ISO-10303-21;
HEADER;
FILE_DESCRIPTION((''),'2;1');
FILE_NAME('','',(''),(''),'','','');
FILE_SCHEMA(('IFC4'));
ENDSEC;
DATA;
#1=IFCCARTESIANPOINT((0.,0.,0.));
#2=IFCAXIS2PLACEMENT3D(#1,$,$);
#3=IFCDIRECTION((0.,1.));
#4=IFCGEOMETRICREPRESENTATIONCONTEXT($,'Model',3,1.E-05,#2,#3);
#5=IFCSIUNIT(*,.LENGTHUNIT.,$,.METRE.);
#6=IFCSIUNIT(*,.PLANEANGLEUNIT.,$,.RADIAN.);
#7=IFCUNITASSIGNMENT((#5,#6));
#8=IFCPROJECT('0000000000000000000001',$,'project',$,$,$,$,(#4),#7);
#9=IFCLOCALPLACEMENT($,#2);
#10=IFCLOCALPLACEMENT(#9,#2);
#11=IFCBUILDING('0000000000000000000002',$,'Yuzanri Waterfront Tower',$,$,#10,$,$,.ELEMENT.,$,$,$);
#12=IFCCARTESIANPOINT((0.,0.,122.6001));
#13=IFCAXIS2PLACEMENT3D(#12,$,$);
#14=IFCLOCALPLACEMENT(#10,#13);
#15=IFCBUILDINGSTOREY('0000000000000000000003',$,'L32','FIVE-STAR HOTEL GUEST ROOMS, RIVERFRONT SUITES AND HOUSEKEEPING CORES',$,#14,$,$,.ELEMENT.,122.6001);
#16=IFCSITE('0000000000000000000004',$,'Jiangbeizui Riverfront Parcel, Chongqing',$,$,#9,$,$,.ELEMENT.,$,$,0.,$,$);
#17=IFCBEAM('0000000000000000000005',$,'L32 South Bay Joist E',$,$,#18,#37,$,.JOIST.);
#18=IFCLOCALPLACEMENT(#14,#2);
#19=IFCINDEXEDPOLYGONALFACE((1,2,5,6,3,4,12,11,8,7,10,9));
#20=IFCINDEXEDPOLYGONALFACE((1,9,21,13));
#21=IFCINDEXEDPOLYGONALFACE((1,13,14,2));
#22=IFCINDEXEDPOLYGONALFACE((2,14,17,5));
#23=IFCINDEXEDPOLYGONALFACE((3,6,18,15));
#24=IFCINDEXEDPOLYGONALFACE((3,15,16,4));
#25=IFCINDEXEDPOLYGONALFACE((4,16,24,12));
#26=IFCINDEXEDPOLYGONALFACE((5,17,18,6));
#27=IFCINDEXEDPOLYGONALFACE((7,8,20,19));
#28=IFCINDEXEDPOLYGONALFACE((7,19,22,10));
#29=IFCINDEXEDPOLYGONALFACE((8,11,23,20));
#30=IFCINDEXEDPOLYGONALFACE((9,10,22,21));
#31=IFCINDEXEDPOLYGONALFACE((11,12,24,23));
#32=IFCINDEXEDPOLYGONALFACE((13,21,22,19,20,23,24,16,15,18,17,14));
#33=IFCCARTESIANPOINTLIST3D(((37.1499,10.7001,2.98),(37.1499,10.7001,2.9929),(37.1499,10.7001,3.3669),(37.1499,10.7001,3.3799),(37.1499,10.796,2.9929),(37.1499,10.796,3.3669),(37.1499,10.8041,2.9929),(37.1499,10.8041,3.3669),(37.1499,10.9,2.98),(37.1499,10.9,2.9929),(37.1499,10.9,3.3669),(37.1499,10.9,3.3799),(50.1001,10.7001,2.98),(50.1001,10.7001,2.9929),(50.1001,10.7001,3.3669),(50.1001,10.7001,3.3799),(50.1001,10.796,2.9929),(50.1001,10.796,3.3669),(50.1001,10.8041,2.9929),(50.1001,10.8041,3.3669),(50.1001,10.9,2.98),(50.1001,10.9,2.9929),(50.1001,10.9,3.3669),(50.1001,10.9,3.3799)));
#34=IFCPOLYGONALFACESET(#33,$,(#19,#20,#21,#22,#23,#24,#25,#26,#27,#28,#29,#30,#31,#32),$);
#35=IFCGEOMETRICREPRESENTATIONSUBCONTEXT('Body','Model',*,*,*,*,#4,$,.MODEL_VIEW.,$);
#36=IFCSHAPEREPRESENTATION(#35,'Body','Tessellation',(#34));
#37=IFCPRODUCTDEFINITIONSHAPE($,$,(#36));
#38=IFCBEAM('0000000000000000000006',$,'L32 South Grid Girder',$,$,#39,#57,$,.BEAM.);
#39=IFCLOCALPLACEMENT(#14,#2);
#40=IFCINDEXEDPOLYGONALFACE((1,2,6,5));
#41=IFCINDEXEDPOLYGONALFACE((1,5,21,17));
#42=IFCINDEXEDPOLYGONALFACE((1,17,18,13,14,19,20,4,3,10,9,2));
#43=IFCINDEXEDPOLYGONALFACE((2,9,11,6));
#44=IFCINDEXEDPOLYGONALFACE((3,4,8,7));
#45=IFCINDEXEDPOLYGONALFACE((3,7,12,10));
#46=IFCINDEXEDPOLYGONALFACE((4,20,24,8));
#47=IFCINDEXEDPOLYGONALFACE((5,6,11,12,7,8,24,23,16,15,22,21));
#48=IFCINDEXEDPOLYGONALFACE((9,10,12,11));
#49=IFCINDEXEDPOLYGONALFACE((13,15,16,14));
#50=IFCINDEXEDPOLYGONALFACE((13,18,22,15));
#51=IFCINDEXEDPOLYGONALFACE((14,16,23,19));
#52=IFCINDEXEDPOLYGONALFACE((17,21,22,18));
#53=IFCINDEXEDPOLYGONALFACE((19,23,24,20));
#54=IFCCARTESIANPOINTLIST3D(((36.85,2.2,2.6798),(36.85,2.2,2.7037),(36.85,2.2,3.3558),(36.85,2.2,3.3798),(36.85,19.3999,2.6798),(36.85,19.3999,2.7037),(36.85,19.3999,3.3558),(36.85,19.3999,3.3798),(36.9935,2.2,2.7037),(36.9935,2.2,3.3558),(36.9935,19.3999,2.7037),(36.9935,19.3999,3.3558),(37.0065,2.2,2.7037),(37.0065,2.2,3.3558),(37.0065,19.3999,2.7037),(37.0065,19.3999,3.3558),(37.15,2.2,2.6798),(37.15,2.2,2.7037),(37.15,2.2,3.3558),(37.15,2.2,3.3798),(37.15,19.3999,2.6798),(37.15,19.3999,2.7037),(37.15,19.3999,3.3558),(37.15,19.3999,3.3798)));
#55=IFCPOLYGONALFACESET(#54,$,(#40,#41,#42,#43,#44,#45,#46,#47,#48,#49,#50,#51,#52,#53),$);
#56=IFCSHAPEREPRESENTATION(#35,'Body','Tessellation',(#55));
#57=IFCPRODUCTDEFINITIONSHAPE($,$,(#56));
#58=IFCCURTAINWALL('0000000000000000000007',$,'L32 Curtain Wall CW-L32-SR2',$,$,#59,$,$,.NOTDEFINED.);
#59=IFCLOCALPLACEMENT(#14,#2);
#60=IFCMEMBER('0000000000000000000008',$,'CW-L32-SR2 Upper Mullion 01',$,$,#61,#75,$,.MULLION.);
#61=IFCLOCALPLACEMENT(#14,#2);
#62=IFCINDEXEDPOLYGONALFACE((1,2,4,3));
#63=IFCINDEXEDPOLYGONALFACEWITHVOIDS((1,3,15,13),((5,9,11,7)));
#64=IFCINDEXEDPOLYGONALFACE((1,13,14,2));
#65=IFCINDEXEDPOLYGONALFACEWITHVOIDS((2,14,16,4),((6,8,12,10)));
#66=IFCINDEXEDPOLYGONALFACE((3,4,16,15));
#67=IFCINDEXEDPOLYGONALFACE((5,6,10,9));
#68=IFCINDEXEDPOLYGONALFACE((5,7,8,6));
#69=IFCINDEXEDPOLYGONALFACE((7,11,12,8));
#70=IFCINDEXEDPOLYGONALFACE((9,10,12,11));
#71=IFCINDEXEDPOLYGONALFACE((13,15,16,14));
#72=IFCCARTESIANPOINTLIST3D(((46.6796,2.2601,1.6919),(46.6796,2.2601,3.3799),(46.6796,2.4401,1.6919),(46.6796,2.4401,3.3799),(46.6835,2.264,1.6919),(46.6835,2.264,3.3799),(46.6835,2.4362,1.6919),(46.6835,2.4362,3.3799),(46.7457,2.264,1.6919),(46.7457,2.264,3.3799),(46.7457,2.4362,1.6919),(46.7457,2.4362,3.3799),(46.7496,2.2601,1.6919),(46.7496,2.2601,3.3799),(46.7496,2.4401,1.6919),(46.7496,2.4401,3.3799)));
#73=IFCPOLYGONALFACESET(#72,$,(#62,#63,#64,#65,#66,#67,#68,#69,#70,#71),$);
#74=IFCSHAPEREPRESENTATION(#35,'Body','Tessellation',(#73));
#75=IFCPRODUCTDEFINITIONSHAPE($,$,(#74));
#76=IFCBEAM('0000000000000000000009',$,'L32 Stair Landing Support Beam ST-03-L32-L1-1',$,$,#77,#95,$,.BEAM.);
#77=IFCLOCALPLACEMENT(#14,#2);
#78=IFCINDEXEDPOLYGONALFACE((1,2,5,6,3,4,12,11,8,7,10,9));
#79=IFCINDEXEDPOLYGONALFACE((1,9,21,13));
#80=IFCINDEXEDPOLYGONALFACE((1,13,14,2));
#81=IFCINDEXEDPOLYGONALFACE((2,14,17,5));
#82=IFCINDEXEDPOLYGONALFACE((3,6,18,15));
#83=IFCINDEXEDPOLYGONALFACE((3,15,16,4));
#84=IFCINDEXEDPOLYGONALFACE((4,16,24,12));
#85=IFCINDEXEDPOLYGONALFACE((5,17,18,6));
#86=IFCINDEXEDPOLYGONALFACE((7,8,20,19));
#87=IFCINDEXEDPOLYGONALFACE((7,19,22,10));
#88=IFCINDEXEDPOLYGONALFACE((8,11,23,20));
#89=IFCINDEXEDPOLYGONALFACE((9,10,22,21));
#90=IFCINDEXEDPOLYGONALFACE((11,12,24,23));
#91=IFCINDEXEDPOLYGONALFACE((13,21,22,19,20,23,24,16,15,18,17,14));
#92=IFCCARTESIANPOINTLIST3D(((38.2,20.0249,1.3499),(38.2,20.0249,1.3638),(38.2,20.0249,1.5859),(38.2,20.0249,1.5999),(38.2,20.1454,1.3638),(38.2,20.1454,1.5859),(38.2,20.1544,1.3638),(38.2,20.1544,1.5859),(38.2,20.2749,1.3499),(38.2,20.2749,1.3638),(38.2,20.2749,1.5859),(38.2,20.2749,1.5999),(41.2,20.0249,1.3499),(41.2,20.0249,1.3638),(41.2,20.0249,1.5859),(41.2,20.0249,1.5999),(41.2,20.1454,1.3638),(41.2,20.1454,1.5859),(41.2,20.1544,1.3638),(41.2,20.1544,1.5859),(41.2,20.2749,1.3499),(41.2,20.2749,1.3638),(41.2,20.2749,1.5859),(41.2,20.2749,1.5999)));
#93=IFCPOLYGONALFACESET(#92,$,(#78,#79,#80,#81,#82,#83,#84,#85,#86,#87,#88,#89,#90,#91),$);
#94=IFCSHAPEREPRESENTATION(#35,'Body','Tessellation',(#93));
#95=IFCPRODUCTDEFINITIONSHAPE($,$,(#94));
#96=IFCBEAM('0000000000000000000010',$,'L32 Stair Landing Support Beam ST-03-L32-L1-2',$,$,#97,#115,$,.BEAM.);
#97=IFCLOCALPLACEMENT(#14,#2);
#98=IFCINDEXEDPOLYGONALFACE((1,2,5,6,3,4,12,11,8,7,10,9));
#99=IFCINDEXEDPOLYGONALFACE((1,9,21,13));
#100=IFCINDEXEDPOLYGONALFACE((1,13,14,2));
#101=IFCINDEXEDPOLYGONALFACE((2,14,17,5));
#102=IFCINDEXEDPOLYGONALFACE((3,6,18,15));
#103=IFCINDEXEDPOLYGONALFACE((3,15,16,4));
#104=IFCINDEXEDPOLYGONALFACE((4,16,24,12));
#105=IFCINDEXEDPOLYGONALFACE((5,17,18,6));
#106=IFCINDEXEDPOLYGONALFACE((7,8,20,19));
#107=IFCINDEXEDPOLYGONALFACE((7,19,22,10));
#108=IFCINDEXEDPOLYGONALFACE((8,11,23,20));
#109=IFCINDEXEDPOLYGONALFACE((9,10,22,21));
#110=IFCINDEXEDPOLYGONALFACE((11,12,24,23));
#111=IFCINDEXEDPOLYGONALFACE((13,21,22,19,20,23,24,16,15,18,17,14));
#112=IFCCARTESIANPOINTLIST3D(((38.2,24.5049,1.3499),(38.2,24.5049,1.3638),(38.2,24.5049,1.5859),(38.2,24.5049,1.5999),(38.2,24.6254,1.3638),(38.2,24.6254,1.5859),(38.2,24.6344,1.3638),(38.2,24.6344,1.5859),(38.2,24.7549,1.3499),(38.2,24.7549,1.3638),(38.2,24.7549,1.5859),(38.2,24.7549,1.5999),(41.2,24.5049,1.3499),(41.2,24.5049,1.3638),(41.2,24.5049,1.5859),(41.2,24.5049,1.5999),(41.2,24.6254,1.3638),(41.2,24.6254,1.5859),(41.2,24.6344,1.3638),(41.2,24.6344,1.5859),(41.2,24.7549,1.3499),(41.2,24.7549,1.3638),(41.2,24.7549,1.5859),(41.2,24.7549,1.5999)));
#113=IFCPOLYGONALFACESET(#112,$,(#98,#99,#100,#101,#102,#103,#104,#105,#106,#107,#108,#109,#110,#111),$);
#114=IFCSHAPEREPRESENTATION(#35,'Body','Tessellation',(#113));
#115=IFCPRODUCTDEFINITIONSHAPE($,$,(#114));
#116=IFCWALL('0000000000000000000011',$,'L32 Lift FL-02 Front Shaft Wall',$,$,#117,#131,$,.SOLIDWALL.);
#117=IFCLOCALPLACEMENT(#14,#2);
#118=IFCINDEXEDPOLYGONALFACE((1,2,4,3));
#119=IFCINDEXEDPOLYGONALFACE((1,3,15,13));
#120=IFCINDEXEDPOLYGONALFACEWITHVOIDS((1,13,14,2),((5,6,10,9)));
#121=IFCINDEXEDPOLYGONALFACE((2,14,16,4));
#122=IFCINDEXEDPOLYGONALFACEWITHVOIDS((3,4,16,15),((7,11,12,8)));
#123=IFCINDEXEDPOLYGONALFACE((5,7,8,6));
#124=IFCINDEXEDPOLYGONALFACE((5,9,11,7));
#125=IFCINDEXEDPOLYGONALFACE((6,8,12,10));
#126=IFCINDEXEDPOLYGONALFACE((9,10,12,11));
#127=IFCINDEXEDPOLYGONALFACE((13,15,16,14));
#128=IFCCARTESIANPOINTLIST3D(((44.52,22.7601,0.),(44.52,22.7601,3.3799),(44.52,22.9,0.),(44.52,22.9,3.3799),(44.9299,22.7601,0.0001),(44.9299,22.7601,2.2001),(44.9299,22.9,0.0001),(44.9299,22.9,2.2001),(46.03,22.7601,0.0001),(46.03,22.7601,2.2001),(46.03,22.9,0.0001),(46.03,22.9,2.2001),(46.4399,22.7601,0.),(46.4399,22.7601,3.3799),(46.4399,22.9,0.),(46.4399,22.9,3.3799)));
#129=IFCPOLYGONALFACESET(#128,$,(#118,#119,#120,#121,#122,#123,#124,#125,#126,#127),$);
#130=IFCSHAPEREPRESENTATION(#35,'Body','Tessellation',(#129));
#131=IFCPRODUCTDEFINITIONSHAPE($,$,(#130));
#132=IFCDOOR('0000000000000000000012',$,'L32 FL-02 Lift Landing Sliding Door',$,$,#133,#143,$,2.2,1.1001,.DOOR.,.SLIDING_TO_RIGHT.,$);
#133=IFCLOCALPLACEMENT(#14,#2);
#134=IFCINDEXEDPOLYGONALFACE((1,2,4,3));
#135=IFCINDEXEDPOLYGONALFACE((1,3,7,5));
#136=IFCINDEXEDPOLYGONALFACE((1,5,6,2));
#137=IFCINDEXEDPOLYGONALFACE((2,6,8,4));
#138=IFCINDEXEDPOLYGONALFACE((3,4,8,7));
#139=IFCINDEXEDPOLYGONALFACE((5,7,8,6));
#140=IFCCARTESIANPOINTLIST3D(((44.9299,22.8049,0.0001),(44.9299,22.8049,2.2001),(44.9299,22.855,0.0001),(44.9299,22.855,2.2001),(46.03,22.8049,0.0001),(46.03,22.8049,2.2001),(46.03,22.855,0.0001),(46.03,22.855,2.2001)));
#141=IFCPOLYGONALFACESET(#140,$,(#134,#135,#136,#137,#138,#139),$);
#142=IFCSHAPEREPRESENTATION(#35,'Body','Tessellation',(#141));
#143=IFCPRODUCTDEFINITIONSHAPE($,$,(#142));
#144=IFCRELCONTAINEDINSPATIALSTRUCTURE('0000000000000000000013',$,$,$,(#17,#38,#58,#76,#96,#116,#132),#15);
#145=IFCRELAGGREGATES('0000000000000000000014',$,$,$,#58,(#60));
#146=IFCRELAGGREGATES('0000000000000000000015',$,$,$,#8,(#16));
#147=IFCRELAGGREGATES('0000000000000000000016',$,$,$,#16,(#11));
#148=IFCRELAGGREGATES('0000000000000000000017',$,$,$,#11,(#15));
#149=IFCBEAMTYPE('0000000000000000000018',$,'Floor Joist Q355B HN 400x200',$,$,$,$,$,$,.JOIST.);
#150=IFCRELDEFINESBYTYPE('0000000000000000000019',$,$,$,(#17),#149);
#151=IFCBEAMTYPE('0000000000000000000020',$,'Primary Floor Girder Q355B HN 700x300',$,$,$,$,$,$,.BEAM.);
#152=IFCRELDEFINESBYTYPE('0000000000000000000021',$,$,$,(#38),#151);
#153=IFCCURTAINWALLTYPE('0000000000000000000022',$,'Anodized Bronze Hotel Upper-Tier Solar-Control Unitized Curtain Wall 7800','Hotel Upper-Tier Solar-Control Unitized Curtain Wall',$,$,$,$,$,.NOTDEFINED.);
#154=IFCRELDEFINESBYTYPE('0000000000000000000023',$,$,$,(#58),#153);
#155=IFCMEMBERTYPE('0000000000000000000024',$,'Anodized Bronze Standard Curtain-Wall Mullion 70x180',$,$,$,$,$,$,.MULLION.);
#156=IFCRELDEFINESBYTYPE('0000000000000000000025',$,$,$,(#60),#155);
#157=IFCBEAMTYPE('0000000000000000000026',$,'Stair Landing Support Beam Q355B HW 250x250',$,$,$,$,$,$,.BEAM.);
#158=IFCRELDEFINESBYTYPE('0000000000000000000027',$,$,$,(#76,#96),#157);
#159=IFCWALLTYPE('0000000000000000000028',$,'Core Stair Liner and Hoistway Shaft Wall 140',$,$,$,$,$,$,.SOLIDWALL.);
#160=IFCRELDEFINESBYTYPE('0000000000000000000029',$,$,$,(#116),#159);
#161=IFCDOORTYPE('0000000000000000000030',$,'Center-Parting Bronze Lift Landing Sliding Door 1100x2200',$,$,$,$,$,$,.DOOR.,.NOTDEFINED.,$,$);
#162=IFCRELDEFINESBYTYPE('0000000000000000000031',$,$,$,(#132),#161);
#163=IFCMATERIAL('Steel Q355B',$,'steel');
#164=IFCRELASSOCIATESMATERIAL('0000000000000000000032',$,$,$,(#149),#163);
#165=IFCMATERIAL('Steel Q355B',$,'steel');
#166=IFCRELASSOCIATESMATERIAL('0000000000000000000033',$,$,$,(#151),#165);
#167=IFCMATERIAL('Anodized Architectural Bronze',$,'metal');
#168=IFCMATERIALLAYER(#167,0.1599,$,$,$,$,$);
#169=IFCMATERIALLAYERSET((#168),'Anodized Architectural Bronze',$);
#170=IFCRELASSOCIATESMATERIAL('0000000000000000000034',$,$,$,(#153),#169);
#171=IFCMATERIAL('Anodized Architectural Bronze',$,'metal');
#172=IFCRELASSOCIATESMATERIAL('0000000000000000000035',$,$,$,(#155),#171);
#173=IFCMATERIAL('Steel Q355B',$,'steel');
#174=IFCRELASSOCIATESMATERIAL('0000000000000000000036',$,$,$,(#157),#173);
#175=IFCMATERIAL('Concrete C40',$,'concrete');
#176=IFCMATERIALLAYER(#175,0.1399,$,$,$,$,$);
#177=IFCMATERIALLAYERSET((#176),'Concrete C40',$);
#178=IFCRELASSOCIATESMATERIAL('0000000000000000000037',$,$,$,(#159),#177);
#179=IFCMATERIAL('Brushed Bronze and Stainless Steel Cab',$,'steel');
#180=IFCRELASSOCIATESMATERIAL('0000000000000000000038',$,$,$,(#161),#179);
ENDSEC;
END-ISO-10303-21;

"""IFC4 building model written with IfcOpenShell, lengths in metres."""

from ifc_helpers import new_model, si_unit, direction, frame, frame_2d, origin, origin_2d, place, context, subcontext, project, spatial, rectangle, hollow_rectangle, i_section, extrude, source, transform, mapped, material, layer, layer_set, material_profile, profile_set, type_object, element, fill, aggregate, save


model = new_model("IFC4")

# Units and contexts
model_context = context("Model", 3, precision=1e-05, world=origin(), true_north=direction((0.0, 1.0)))
body_context = subcontext(model_context, "Body", "Model", "MODEL_VIEW")
ifc_project = project(units=[si_unit("LENGTHUNIT", "METRE"), si_unit("PLANEANGLEUNIT", "RADIAN")], contexts=[model_context])

# Site, building, storey
site_placement = place(None, origin())
site = spatial("IfcSite", under=ifc_project, at=site_placement, Name="Jiangbeizui Riverfront Parcel, Chongqing", CompositionType="ELEMENT", RefElevation=0.0)
building_placement = place(site_placement, origin())
building = spatial("IfcBuilding", under=site, at=building_placement, Name="Yuzanri Waterfront Tower", CompositionType="ELEMENT")
storey_placement = place(building_placement, frame((0.0, 0.0, 122.6001)))
storey = spatial("IfcBuildingStorey", under=building, at=storey_placement, Name="L32", Description="FIVE-STAR HOTEL GUEST ROOMS, RIVERFRONT SUITES AND HOUSEKEEPING CORES", CompositionType="ELEMENT", Elevation=122.6001)

# Beams
ifc_material_1 = material(Name="Steel Q355B", Category="steel")
ifc_material_profile_1 = material_profile(ifc_material_1, i_section(OverallWidth=0.2, OverallDepth=0.3999, WebThickness=0.0081, FlangeThickness=0.0129, at=origin_2d()), Name="HN 400x200x8x13")
ifc_profile_set_1 = profile_set([ifc_material_profile_1], Name="Steel Q355B")
beam_type_1 = type_object("IfcBeamType", Name="Floor Joist Q355B HN 400x200", PredefinedType="JOIST", material=ifc_profile_set_1)
shared_shape_1 = source(origin(), body_context, "Body", "SweptSolid", [
    extrude(i_section(OverallWidth=0.2, OverallDepth=0.3999, WebThickness=0.0081, FlangeThickness=0.0129, at=origin_2d()), origin(), (0.0, 0.0, 1.0), 12.9502),
])
beam_1_placement = place(storey_placement, frame((37.1499, 10.8, 3.1799), z_axis=(1.0, 0.0, 0.0), x_axis=(0.0, 1.0, 0.0)))
element("IfcBeam", 1, at=beam_1_placement, inside=storey, type_object=beam_type_1, Name="L32 South Bay Joist E", PredefinedType="JOIST", context=body_context, shape_type="MappedRepresentation", body=[
    mapped(shared_shape_1, transform((0.0, 0.0, 0.0), scale=1.0)),
])
ifc_material_2 = material(Name="Steel Q355B", Category="steel")
ifc_material_profile_2 = material_profile(ifc_material_2, i_section(OverallWidth=0.3, OverallDepth=0.7, WebThickness=0.0129, FlangeThickness=0.0239, at=origin_2d()), Name="HN 700x300x13x24")
ifc_profile_set_2 = profile_set([ifc_material_profile_2], Name="Steel Q355B")
beam_type_2 = type_object("IfcBeamType", Name="Primary Floor Girder Q355B HN 700x300", PredefinedType="BEAM", material=ifc_profile_set_2)
shared_shape_2 = source(origin(), body_context, "Body", "SweptSolid", [
    extrude(i_section(OverallWidth=0.3, OverallDepth=0.7, WebThickness=0.0129, FlangeThickness=0.0239, at=origin_2d()), origin(), (0.0, 0.0, 1.0), 17.2),
])
beam_2_placement = place(storey_placement, frame((37.0, 19.3999, 3.0298), z_axis=(0.0, -1.0, 0.0), x_axis=(1.0, 0.0, 0.0)))
element("IfcBeam", 2, at=beam_2_placement, inside=storey, type_object=beam_type_2, Name="L32 South Grid Girder", PredefinedType="BEAM", context=body_context, shape_type="MappedRepresentation", body=[
    mapped(shared_shape_2, transform((0.0, 0.0, 0.0), scale=1.0)),
])

# Curtain wall, member
ifc_material_3 = material(Name="Anodized Architectural Bronze", Category="metal")
ifc_layer_1 = layer(ifc_material_3, 0.1599)
ifc_layer_set_1 = layer_set([ifc_layer_1], Name="Anodized Architectural Bronze")
curtain_wall_type = type_object("IfcCurtainWallType", Name="Anodized Bronze Hotel Upper-Tier Solar-Control Unitized Curtain Wall 7800", Description="Hotel Upper-Tier Solar-Control Unitized Curtain Wall", PredefinedType="NOTDEFINED", material=ifc_layer_set_1)
curtain_wall_placement = place(storey_placement, origin())
curtain_wall = element("IfcCurtainWall", 3, at=curtain_wall_placement, inside=storey, type_object=curtain_wall_type, Name="L32 Curtain Wall CW-L32-SR2", PredefinedType="NOTDEFINED")
ifc_material_4 = material(Name="Anodized Architectural Bronze", Category="metal")
ifc_material_profile_3 = material_profile(ifc_material_4, hollow_rectangle(XDim=0.0701, YDim=0.1799, WallThickness=0.0039, at=origin_2d()), Name="CWM 70x180")
ifc_profile_set_3 = profile_set([ifc_material_profile_3], Name="Anodized Architectural Bronze")
member_type = type_object("IfcMemberType", Name="Anodized Bronze Standard Curtain-Wall Mullion 70x180", PredefinedType="MULLION", material=ifc_profile_set_3)
shared_shape_3 = source(origin(), body_context, "Body", "SweptSolid", [
    extrude(hollow_rectangle(XDim=0.0701, YDim=0.1799, WallThickness=0.0039, at=origin_2d()), origin(), (0.0, 0.0, 1.0), 1.688),
])
member_placement = place(storey_placement, frame((46.7146, 2.3501, 1.6919), z_axis=(0.0, 0.0, 1.0), x_axis=(1.0, 0.0, 0.0)))
member = element("IfcMember", 4, at=member_placement, type_object=member_type, Name="CW-L32-SR2 Upper Mullion 01", PredefinedType="MULLION", context=body_context, shape_type="MappedRepresentation", body=[
    mapped(shared_shape_3, transform((0.0, 0.0, 0.0), scale=1.0)),
])
aggregate(curtain_wall, [member])

# Beams
ifc_material_5 = material(Name="Steel Q355B", Category="steel")
ifc_material_profile_4 = material_profile(ifc_material_5, i_section(OverallWidth=0.25, OverallDepth=0.25, WebThickness=0.009, FlangeThickness=0.0139, at=origin_2d()), Name="HW 250x250x9x14")
ifc_profile_set_4 = profile_set([ifc_material_profile_4], Name="Steel Q355B")
beam_type_3 = type_object("IfcBeamType", Name="Stair Landing Support Beam Q355B HW 250x250", PredefinedType="BEAM", material=ifc_profile_set_4)
shared_shape_4 = source(origin(), body_context, "Body", "SweptSolid", [
    extrude(i_section(OverallWidth=0.25, OverallDepth=0.25, WebThickness=0.009, FlangeThickness=0.0139, at=origin_2d()), origin(), (0.0, 0.0, 1.0), 3.0),
])
for number, where, z_axis, x_axis, name in (
    (5, (38.2, 20.1499, 1.4749), (1.0, 0.0, 0.0), (0.0, 1.0, 0.0), "L32 Stair Landing Support Beam ST-03-L32-L1-1"),
    (6, (38.2, 24.6299, 1.4749), (1.0, 0.0, 0.0), (0.0, 1.0, 0.0), "L32 Stair Landing Support Beam ST-03-L32-L1-2"),
):
    element("IfcBeam", number, at=place(storey_placement, frame(where, z_axis=z_axis, x_axis=x_axis)), inside=storey, type_object=beam_type_3, Name=name, PredefinedType="BEAM", context=body_context, shape_type="MappedRepresentation", body=[
        mapped(shared_shape_4, transform((0.0, 0.0, 0.0), scale=1.0)),
    ])

# Wall, opening, door
ifc_material_6 = material(Name="Concrete C40", Category="concrete")
ifc_layer_2 = layer(ifc_material_6, 0.1399)
ifc_layer_set_2 = layer_set([ifc_layer_2], Name="Concrete C40")
wall_type_1 = type_object("IfcWallType", Name="Core Stair Liner and Hoistway Shaft Wall 140", PredefinedType="SOLIDWALL", material=ifc_layer_set_2)
wall_1_placement = place(storey_placement, frame((44.52, 22.8301, 0.0), z_axis=(0.0, 0.0, 1.0), x_axis=(1.0, 0.0, 0.0)))
wall_1 = element("IfcWall", 7, at=wall_1_placement, inside=storey, type_object=wall_type_1, Name="L32 Lift FL-02 Front Shaft Wall", PredefinedType="SOLIDWALL", context=body_context, shape_type="SweptSolid", body=[
    extrude(rectangle(XDim=1.9199, YDim=0.1399, at=frame_2d((0.96, 0.0))), origin(), (0.0, 0.0, 1.0), 3.3799),
])
opening_1_placement = place(wall_1_placement, frame((0.4099, 0.0, 0.0)))
opening_1 = element("IfcOpeningElement", 8, at=opening_1_placement, cuts=wall_1, PredefinedType="OPENING", context=body_context, shape_type="SweptSolid", body=[
    extrude(rectangle(XDim=1.1001, YDim=2.2, at=frame_2d((0.55, 1.1001))), frame((0.0, 0.085, 0.0), z_axis=(0.0, -1.0, 0.0), x_axis=(1.0, 0.0, 0.0)), (0.0, 0.0, 1.0), 0.1697),
])
ifc_material_7 = material(Name="Brushed Bronze and Stainless Steel Cab", Category="steel")
door_type_1 = type_object("IfcDoorType", Name="Center-Parting Bronze Lift Landing Sliding Door 1100x2200", OperationType="NOTDEFINED", PredefinedType="DOOR", material=ifc_material_7)
shared_shape_5 = source(origin(), body_context, "Body", "SweptSolid", [
    extrude(rectangle(XDim=1.1001, YDim=2.2, at=frame_2d((0.55, 1.1001))), frame((0.0, 0.0249, 0.0), z_axis=(0.0, -1.0, 0.0), x_axis=(1.0, 0.0, 0.0)), (0.0, 0.0, 1.0), 0.05),
])
door_1_placement = place(opening_1_placement, origin())
door_1 = element("IfcDoor", 9, at=door_1_placement, inside=storey, type_object=door_type_1, Name="L32 FL-02 Lift Landing Sliding Door", OperationType="SLIDING_TO_RIGHT", OverallHeight=2.2, OverallWidth=1.1001, PredefinedType="DOOR", context=body_context, shape_type="MappedRepresentation", body=[
    mapped(shared_shape_5, transform((0.0, 0.0, 0.0), scale=1.0)),
])
fill(opening_1, door_1)

save(model, "model.ifc")
